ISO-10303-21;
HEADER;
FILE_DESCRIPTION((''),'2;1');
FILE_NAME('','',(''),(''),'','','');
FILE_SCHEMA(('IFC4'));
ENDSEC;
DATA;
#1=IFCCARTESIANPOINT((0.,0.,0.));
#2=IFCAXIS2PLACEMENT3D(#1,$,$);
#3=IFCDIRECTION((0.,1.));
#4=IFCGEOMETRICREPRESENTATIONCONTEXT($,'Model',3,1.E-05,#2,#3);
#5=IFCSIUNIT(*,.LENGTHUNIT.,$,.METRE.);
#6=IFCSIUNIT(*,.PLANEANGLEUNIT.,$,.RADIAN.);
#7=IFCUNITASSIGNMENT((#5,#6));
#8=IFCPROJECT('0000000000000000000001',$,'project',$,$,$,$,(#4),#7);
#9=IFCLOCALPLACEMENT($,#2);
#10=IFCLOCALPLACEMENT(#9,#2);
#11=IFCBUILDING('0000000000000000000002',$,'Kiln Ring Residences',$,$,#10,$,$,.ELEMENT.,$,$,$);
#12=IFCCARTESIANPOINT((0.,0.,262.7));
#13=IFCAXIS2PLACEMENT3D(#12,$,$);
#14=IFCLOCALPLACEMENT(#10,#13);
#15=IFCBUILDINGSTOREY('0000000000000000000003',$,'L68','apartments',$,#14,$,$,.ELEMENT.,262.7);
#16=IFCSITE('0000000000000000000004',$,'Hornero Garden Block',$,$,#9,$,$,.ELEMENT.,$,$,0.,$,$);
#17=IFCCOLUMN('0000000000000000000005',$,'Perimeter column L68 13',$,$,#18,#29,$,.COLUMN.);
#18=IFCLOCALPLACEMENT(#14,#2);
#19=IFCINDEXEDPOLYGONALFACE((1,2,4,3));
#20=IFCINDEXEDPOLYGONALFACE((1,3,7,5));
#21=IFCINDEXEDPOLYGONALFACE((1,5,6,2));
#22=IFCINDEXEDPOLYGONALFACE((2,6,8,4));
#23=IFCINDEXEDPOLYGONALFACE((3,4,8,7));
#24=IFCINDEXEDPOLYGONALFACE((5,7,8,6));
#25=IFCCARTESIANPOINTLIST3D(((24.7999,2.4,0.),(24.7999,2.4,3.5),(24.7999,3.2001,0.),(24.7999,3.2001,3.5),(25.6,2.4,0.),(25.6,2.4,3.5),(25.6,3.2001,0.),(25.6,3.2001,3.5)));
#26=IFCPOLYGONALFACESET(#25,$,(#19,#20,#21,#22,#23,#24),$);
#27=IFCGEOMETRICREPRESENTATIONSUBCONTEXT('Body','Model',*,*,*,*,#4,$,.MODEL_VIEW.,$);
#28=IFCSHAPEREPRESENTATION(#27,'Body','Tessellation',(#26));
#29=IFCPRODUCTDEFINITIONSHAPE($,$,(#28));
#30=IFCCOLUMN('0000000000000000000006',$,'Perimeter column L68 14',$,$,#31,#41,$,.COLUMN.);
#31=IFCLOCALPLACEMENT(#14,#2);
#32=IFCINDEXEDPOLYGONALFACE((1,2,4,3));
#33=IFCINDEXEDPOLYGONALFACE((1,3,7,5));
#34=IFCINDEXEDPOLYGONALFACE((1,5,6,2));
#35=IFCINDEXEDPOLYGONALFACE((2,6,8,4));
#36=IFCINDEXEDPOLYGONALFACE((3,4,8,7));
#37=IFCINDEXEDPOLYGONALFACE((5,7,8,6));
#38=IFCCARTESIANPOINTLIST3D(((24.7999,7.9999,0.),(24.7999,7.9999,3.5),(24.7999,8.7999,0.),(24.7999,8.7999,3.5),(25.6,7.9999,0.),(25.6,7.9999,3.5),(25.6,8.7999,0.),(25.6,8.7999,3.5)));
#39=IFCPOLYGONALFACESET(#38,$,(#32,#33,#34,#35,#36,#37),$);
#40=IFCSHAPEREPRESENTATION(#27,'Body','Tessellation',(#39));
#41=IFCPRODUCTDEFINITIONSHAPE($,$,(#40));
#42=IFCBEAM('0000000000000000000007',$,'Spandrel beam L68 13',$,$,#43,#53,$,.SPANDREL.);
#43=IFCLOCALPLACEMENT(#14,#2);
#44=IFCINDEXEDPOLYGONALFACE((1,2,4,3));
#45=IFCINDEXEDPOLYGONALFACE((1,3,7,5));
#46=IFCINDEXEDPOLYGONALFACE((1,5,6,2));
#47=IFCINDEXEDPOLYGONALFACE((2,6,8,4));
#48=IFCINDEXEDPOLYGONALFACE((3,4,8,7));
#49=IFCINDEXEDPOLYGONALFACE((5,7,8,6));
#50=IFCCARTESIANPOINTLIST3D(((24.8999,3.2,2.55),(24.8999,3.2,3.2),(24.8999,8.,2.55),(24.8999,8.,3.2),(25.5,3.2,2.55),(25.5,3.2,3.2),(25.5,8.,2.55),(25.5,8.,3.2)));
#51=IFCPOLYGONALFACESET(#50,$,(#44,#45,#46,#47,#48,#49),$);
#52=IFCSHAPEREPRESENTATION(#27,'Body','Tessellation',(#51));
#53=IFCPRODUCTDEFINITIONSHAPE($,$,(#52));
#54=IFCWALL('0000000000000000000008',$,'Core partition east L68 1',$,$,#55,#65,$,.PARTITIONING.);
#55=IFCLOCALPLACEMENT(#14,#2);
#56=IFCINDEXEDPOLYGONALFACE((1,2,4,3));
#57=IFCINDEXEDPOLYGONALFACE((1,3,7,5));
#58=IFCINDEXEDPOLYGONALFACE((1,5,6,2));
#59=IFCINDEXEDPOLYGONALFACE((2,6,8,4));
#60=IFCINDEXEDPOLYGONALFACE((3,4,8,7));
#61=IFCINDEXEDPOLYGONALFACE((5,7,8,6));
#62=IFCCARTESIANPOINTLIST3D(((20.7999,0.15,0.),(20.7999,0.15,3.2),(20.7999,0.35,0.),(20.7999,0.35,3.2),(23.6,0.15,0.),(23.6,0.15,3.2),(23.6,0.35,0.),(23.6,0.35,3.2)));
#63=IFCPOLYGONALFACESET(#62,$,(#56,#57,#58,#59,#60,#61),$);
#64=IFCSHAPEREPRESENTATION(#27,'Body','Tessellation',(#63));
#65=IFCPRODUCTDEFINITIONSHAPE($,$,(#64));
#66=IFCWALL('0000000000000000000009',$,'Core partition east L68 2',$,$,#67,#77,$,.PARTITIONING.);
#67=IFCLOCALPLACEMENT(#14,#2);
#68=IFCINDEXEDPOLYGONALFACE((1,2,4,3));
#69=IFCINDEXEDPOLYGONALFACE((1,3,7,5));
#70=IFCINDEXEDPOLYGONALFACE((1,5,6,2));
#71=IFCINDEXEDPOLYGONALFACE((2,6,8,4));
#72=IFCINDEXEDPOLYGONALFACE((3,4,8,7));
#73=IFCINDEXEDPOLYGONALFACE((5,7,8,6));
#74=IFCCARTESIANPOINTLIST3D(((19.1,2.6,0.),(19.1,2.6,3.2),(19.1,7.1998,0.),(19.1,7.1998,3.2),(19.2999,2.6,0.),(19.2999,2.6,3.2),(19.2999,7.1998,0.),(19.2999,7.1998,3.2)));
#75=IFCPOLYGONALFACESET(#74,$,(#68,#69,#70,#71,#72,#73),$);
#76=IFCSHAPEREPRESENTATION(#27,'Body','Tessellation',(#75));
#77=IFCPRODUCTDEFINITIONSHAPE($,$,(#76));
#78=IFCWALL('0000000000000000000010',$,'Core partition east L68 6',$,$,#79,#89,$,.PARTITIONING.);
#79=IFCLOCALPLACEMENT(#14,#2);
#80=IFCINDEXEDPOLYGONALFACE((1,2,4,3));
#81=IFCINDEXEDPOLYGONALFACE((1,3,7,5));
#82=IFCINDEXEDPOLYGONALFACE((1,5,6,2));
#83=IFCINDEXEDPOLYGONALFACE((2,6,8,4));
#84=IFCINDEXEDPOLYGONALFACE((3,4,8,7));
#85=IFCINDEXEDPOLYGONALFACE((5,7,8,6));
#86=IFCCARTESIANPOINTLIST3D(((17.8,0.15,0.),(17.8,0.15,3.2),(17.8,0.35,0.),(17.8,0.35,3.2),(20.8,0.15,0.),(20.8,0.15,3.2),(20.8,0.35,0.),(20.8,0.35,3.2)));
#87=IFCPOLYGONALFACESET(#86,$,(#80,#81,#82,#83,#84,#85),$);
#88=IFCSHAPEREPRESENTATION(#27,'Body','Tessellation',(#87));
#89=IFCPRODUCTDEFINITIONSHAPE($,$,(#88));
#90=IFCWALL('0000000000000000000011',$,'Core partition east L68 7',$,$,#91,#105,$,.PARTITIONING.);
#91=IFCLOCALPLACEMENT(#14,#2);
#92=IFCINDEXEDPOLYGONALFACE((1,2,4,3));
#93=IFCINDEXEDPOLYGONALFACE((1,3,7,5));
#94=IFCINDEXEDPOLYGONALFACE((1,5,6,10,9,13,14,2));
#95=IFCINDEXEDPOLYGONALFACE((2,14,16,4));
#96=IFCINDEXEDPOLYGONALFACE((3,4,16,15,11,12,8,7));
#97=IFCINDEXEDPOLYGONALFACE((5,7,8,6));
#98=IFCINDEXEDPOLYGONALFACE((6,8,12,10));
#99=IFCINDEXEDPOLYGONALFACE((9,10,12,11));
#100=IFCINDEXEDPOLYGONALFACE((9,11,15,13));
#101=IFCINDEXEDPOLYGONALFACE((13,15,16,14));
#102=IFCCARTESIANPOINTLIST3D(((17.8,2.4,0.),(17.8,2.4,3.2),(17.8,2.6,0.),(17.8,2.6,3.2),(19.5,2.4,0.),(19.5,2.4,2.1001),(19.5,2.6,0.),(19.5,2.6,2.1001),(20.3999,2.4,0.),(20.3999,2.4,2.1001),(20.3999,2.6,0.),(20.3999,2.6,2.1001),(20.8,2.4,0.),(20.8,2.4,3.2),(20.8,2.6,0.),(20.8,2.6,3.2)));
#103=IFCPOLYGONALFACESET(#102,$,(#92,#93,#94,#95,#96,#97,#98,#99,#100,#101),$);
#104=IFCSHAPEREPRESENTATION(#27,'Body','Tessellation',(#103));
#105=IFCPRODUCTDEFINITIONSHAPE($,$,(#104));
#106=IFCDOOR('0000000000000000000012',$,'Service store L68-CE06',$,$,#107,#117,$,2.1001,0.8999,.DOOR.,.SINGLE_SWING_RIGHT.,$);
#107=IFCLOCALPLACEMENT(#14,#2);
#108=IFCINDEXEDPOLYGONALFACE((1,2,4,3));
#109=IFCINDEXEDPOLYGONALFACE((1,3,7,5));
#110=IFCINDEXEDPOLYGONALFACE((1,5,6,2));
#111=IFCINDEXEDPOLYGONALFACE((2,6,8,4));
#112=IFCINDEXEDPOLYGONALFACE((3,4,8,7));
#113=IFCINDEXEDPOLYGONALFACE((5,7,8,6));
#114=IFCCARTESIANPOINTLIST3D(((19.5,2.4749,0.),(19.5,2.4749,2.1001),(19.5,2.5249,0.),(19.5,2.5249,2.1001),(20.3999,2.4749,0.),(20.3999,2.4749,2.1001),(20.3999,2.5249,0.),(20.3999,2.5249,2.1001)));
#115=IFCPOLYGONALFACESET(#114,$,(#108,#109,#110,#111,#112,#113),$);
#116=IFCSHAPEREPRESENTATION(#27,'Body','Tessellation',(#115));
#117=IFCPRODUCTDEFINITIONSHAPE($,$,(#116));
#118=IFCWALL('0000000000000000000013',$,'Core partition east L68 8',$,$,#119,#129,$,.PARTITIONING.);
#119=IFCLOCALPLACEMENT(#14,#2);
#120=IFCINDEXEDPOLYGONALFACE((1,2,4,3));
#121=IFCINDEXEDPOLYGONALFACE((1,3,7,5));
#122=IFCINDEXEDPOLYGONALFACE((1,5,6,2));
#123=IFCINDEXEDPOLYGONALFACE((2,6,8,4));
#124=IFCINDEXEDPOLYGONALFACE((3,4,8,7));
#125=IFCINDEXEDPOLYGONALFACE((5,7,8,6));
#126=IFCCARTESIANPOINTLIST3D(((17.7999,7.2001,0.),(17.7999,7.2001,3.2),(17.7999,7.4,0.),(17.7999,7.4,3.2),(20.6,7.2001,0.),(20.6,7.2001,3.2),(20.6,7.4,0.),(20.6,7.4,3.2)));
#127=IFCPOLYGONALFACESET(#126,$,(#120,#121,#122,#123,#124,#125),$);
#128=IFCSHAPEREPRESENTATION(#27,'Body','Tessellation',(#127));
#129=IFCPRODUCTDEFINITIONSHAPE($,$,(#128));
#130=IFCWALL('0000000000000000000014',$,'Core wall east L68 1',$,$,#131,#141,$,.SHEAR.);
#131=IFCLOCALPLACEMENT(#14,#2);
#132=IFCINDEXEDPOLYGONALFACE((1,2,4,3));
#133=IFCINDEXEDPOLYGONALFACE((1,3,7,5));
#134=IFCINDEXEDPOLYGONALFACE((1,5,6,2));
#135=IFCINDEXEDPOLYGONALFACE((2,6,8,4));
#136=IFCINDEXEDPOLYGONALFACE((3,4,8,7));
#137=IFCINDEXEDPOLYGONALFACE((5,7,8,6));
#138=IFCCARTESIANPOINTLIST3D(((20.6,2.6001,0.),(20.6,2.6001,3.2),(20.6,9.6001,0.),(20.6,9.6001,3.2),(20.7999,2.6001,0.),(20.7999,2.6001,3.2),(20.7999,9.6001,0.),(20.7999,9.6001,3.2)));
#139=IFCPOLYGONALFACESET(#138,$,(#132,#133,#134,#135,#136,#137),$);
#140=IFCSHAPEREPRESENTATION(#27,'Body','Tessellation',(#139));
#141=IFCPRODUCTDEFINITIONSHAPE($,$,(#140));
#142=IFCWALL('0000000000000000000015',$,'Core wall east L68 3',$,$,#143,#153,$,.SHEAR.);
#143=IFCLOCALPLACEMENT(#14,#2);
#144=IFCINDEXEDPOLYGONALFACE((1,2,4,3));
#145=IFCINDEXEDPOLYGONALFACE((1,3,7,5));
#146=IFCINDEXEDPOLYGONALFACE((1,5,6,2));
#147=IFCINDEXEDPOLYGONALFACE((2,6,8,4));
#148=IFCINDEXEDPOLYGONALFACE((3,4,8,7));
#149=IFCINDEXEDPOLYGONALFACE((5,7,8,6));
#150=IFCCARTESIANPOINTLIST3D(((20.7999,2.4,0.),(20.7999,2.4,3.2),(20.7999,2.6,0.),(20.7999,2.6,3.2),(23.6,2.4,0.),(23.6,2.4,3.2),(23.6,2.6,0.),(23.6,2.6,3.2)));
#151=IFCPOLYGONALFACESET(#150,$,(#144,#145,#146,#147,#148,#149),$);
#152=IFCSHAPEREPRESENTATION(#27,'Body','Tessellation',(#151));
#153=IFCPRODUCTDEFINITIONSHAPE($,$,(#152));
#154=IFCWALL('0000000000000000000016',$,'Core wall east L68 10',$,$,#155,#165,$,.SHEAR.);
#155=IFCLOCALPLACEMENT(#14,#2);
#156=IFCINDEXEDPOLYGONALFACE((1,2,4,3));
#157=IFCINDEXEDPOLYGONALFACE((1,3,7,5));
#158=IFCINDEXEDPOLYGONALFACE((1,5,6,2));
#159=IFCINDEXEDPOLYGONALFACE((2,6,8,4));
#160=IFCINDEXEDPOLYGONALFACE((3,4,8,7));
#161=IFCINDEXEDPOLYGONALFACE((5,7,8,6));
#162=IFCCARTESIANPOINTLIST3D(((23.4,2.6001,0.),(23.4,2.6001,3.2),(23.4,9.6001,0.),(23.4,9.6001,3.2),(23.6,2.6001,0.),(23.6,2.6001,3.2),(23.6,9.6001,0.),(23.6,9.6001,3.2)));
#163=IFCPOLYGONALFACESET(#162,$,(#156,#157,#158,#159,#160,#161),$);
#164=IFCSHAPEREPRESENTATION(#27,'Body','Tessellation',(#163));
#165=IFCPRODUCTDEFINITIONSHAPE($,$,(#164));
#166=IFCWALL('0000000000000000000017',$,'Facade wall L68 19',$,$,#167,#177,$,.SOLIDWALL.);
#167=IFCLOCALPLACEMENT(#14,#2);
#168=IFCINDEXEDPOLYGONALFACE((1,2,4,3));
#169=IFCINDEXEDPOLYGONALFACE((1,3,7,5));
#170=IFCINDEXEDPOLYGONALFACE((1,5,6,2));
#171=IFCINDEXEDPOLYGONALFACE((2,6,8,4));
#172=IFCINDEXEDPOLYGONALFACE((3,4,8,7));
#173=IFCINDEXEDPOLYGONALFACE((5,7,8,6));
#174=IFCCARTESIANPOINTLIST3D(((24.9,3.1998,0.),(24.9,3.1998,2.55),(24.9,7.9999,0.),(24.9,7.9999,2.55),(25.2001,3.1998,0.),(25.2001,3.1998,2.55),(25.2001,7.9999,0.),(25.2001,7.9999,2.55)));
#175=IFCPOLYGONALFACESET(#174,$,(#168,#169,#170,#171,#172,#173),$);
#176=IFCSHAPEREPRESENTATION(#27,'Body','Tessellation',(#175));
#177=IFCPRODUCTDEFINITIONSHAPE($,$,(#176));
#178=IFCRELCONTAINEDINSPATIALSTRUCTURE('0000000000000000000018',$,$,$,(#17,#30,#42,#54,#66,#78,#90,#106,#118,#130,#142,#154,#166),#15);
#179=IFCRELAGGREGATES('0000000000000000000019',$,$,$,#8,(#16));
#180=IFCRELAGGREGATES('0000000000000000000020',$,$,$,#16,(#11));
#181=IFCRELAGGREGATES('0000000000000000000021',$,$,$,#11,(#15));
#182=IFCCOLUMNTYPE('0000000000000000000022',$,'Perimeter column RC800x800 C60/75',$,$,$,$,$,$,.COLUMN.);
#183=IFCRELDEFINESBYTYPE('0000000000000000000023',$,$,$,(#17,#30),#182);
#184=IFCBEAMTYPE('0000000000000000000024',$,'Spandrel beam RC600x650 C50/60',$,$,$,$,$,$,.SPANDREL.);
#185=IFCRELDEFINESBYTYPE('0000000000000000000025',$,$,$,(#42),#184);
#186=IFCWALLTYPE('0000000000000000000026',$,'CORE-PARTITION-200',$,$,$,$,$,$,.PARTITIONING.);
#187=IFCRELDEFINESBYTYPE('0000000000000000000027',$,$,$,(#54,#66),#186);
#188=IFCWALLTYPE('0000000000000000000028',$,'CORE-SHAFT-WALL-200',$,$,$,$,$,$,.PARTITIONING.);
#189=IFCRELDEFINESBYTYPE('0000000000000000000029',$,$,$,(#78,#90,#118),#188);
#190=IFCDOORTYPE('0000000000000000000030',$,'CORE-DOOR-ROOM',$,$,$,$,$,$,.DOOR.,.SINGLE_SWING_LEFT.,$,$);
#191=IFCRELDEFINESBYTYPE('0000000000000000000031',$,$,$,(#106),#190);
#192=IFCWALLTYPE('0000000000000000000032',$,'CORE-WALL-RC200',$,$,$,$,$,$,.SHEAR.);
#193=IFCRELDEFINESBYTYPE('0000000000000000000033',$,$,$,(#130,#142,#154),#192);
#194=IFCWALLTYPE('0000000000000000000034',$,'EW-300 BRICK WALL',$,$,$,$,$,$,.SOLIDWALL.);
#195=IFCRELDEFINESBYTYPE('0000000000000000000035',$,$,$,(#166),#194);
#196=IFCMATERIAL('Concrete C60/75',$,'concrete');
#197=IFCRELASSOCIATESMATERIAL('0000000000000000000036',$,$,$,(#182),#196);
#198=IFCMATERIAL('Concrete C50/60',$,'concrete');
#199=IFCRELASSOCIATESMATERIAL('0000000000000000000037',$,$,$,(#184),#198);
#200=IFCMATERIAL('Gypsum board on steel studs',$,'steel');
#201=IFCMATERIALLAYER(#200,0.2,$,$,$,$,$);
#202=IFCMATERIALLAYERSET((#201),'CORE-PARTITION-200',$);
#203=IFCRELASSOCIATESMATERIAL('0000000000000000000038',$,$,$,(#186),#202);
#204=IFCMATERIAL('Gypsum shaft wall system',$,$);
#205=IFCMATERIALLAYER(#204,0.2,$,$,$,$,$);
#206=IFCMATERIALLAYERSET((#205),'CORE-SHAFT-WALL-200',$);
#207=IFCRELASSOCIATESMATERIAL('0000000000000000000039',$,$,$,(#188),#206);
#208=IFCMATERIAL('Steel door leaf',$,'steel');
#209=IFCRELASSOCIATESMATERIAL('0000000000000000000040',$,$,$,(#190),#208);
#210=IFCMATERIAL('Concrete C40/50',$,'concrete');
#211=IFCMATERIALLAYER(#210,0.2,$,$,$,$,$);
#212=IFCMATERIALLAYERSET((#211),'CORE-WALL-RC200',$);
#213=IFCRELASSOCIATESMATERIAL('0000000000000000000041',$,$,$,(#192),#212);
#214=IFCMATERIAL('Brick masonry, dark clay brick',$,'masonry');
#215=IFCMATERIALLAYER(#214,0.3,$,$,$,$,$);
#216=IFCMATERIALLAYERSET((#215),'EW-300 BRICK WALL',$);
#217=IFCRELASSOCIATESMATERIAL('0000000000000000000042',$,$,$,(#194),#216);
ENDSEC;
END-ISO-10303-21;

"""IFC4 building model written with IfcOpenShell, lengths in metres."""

from ifc_helpers import new_model, si_unit, direction, frame, frame_2d, origin, origin_2d, place, context, subcontext, project, spatial, rectangle, extrude, material, layer, layer_set, material_profile, profile_set, type_object, element, fill, save


model = new_model("IFC4")

# Units and contexts
model_context = context("Model", 3, precision=1e-05, world=origin(), true_north=direction((0.0, 1.0)))
body_context = subcontext(model_context, "Body", "Model", "MODEL_VIEW")
ifc_project = project(units=[si_unit("LENGTHUNIT", "METRE"), si_unit("PLANEANGLEUNIT", "RADIAN")], contexts=[model_context])

# Site, building, storey
site_placement = place(None, origin())
site = spatial("IfcSite", under=ifc_project, at=site_placement, Name="Hornero Garden Block", CompositionType="ELEMENT", RefElevation=0.0)
building_placement = place(site_placement, origin())
building = spatial("IfcBuilding", under=site, at=building_placement, Name="Kiln Ring Residences", CompositionType="ELEMENT")
storey_placement = place(building_placement, frame((0.0, 0.0, 262.7)))
storey = spatial("IfcBuildingStorey", under=building, at=storey_placement, Name="L68", Description="apartments", CompositionType="ELEMENT", Elevation=262.7)

# Columns
ifc_material_1 = material(Name="Concrete C60/75", Category="concrete")
ifc_material_profile_1 = material_profile(ifc_material_1, rectangle(XDim=0.8, YDim=0.8, at=origin_2d()), Name="RC800x800")
ifc_profile_set_1 = profile_set([ifc_material_profile_1], Name="Concrete C60/75")
column_type = type_object("IfcColumnType", Name="Perimeter column RC800x800 C60/75", PredefinedType="COLUMN", material=ifc_profile_set_1)
for number, where, z_axis, x_axis, name in (
    (1, (25.2, 2.8, 0.0), (0.0, 0.0, 1.0), (1.0, 0.0, 0.0), "Perimeter column L68 13"),
    (2, (25.2, 8.3999, 0.0), (0.0, 0.0, 1.0), (1.0, 0.0, 0.0), "Perimeter column L68 14"),
):
    element("IfcColumn", number, at=place(storey_placement, frame(where, z_axis=z_axis, x_axis=x_axis)), inside=storey, type_object=column_type, Name=name, PredefinedType="COLUMN", context=body_context, shape_type="SweptSolid", body=[
        extrude(rectangle(XDim=0.8, YDim=0.8, at=origin_2d()), origin(), (0.0, 0.0, 1.0), 3.5),
    ])

# Beam
ifc_material_2 = material(Name="Concrete C50/60", Category="concrete")
ifc_material_profile_2 = material_profile(ifc_material_2, rectangle(XDim=0.6001, YDim=0.6499, at=origin_2d()), Name="RC600x650")
ifc_profile_set_2 = profile_set([ifc_material_profile_2], Name="Concrete C50/60")
beam_type = type_object("IfcBeamType", Name="Spandrel beam RC600x650 C50/60", PredefinedType="SPANDREL", material=ifc_profile_set_2)
beam_placement = place(storey_placement, frame((25.2, 3.2, 2.875), z_axis=(0.0, 1.0, 0.0), x_axis=(-1.0, 0.0, 0.0)))
element("IfcBeam", 3, at=beam_placement, inside=storey, type_object=beam_type, Name="Spandrel beam L68 13", PredefinedType="SPANDREL", context=body_context, shape_type="SweptSolid", body=[
    extrude(rectangle(XDim=0.6001, YDim=0.6499, at=origin_2d()), origin(), (0.0, 0.0, 1.0), 4.8),
])

# Walls
ifc_material_3 = material(Name="Gypsum board on steel studs", Category="steel")
ifc_layer_1 = layer(ifc_material_3, 0.2)
ifc_layer_set_1 = layer_set([ifc_layer_1], Name="CORE-PARTITION-200")
wall_type_1 = type_object("IfcWallType", Name="CORE-PARTITION-200", PredefinedType="PARTITIONING", material=ifc_layer_set_1)
wall_1_placement = place(storey_placement, frame((20.8, 0.25, 0.0), z_axis=(0.0, 0.0, 1.0), x_axis=(1.0, 0.0, 0.0)))
element("IfcWall", 4, at=wall_1_placement, inside=storey, type_object=wall_type_1, Name="Core partition east L68 1", PredefinedType="PARTITIONING", context=body_context, shape_type="SweptSolid", body=[
    extrude(rectangle(XDim=2.8, YDim=0.2, at=frame_2d((1.3999, 0.0))), origin(), (0.0, 0.0, 1.0), 3.2),
])
wall_2_placement = place(storey_placement, frame((19.2, 2.6001, 0.0), z_axis=(0.0, 0.0, 1.0), x_axis=(0.0, 1.0, 0.0)))
element("IfcWall", 5, at=wall_2_placement, inside=storey, type_object=wall_type_1, Name="Core partition east L68 2", PredefinedType="PARTITIONING", context=body_context, shape_type="SweptSolid", body=[
    extrude(rectangle(XDim=4.5999, YDim=0.2, at=frame_2d((2.2998, 0.0))), origin(), (0.0, 0.0, 1.0), 3.2),
])
ifc_material_4 = material(Name="Gypsum shaft wall system")
ifc_layer_2 = layer(ifc_material_4, 0.2)
ifc_layer_set_2 = layer_set([ifc_layer_2], Name="CORE-SHAFT-WALL-200")
wall_type_2 = type_object("IfcWallType", Name="CORE-SHAFT-WALL-200", PredefinedType="PARTITIONING", material=ifc_layer_set_2)
wall_3_placement = place(storey_placement, frame((17.8, 0.25, 0.0), z_axis=(0.0, 0.0, 1.0), x_axis=(1.0, 0.0, 0.0)))
element("IfcWall", 6, at=wall_3_placement, inside=storey, type_object=wall_type_2, Name="Core partition east L68 6", PredefinedType="PARTITIONING", context=body_context, shape_type="SweptSolid", body=[
    extrude(rectangle(XDim=3.0, YDim=0.2, at=frame_2d((1.5, 0.0))), origin(), (0.0, 0.0, 1.0), 3.2),
])

# Wall, opening, door
wall_4_placement = place(storey_placement, frame((17.8, 2.5, 0.0), z_axis=(0.0, 0.0, 1.0), x_axis=(1.0, 0.0, 0.0)))
wall_4 = element("IfcWall", 7, at=wall_4_placement, inside=storey, type_object=wall_type_2, Name="Core partition east L68 7", PredefinedType="PARTITIONING", context=body_context, shape_type="SweptSolid", body=[
    extrude(rectangle(XDim=3.0, YDim=0.2, at=frame_2d((1.5, 0.0))), origin(), (0.0, 0.0, 1.0), 3.2),
])
opening_placement = place(wall_4_placement, frame((1.7, 0.0, 0.0)))
opening = element("IfcOpeningElement", 8, at=opening_placement, cuts=wall_4, PredefinedType="OPENING", context=body_context, shape_type="SweptSolid", body=[
    extrude(rectangle(XDim=0.8999, YDim=2.1001, at=frame_2d((0.45, 1.05))), frame((0.0, 0.1099, 0.0), z_axis=(0.0, -1.0, 0.0), x_axis=(1.0, 0.0, 0.0)), (0.0, 0.0, 1.0), 0.22),
])
ifc_material_5 = material(Name="Steel door leaf", Category="steel")
door_type = type_object("IfcDoorType", Name="CORE-DOOR-ROOM", OperationType="SINGLE_SWING_LEFT", PredefinedType="DOOR", material=ifc_material_5)
door_placement = place(opening_placement, origin())
door = element("IfcDoor", 9, at=door_placement, inside=storey, type_object=door_type, Name="Service store L68-CE06", OperationType="SINGLE_SWING_RIGHT", OverallHeight=2.1001, OverallWidth=0.8999, PredefinedType="DOOR", context=body_context, shape_type="SweptSolid", body=[
    extrude(rectangle(XDim=0.8999, YDim=2.1001, at=frame_2d((0.45, 1.05))), frame((0.0, 0.0249, 0.0), z_axis=(0.0, -1.0, 0.0), x_axis=(1.0, 0.0, 0.0)), (0.0, 0.0, 1.0), 0.05),
])
fill(opening, door)

# Walls
wall_5_placement = place(storey_placement, frame((17.8, 7.3, 0.0), z_axis=(0.0, 0.0, 1.0), x_axis=(1.0, 0.0, 0.0)))
element("IfcWall", 10, at=wall_5_placement, inside=storey, type_object=wall_type_2, Name="Core partition east L68 8", PredefinedType="PARTITIONING", context=body_context, shape_type="SweptSolid", body=[
    extrude(rectangle(XDim=2.8, YDim=0.2, at=frame_2d((1.3999, 0.0))), origin(), (0.0, 0.0, 1.0), 3.2),
])
ifc_material_6 = material(Name="Concrete C40/50", Category="concrete")
ifc_layer_3 = layer(ifc_material_6, 0.2)
ifc_layer_set_3 = layer_set([ifc_layer_3], Name="CORE-WALL-RC200")
wall_type_3 = type_object("IfcWallType", Name="CORE-WALL-RC200", PredefinedType="SHEAR", material=ifc_layer_set_3)
wall_6_placement = place(storey_placement, frame((20.7, 2.6001, 0.0), z_axis=(0.0, 0.0, 1.0), x_axis=(0.0, 1.0, 0.0)))
element("IfcWall", 11, at=wall_6_placement, inside=storey, type_object=wall_type_3, Name="Core wall east L68 1", PredefinedType="SHEAR", context=body_context, shape_type="SweptSolid", body=[
    extrude(rectangle(XDim=7.0, YDim=0.2, at=frame_2d((3.5, 0.0))), origin(), (0.0, 0.0, 1.0), 3.2),
])
wall_7_placement = place(storey_placement, frame((20.8, 2.5, 0.0), z_axis=(0.0, 0.0, 1.0), x_axis=(1.0, 0.0, 0.0)))
element("IfcWall", 12, at=wall_7_placement, inside=storey, type_object=wall_type_3, Name="Core wall east L68 3", PredefinedType="SHEAR", context=body_context, shape_type="SweptSolid", body=[
    extrude(rectangle(XDim=2.8, YDim=0.2, at=frame_2d((1.3999, 0.0))), origin(), (0.0, 0.0, 1.0), 3.2),
])
wall_8_placement = place(storey_placement, frame((23.5, 2.6001, 0.0), z_axis=(0.0, 0.0, 1.0), x_axis=(0.0, 1.0, 0.0)))
element("IfcWall", 13, at=wall_8_placement, inside=storey, type_object=wall_type_3, Name="Core wall east L68 10", PredefinedType="SHEAR", context=body_context, shape_type="SweptSolid", body=[
    extrude(rectangle(XDim=7.0, YDim=0.2, at=frame_2d((3.5, 0.0))), origin(), (0.0, 0.0, 1.0), 3.2),
])
ifc_material_7 = material(Name="Brick masonry, dark clay brick", Category="masonry")
ifc_layer_4 = layer(ifc_material_7, 0.3)
ifc_layer_set_4 = layer_set([ifc_layer_4], Name="EW-300 BRICK WALL")
wall_type_4 = type_object("IfcWallType", Name="EW-300 BRICK WALL", PredefinedType="SOLIDWALL", material=ifc_layer_set_4)
wall_9_placement = place(storey_placement, frame((25.05, 3.2, 0.0), z_axis=(0.0, 0.0, 1.0), x_axis=(0.0, 1.0, 0.0)))
element("IfcWall", 14, at=wall_9_placement, inside=storey, type_object=wall_type_4, Name="Facade wall L68 19", PredefinedType="SOLIDWALL", context=body_context, shape_type="SweptSolid", body=[
    extrude(rectangle(XDim=4.8, YDim=0.3, at=frame_2d((2.3999, 0.0))), origin(), (0.0, 0.0, 1.0), 2.55),
])

save(model, "model.ifc")
